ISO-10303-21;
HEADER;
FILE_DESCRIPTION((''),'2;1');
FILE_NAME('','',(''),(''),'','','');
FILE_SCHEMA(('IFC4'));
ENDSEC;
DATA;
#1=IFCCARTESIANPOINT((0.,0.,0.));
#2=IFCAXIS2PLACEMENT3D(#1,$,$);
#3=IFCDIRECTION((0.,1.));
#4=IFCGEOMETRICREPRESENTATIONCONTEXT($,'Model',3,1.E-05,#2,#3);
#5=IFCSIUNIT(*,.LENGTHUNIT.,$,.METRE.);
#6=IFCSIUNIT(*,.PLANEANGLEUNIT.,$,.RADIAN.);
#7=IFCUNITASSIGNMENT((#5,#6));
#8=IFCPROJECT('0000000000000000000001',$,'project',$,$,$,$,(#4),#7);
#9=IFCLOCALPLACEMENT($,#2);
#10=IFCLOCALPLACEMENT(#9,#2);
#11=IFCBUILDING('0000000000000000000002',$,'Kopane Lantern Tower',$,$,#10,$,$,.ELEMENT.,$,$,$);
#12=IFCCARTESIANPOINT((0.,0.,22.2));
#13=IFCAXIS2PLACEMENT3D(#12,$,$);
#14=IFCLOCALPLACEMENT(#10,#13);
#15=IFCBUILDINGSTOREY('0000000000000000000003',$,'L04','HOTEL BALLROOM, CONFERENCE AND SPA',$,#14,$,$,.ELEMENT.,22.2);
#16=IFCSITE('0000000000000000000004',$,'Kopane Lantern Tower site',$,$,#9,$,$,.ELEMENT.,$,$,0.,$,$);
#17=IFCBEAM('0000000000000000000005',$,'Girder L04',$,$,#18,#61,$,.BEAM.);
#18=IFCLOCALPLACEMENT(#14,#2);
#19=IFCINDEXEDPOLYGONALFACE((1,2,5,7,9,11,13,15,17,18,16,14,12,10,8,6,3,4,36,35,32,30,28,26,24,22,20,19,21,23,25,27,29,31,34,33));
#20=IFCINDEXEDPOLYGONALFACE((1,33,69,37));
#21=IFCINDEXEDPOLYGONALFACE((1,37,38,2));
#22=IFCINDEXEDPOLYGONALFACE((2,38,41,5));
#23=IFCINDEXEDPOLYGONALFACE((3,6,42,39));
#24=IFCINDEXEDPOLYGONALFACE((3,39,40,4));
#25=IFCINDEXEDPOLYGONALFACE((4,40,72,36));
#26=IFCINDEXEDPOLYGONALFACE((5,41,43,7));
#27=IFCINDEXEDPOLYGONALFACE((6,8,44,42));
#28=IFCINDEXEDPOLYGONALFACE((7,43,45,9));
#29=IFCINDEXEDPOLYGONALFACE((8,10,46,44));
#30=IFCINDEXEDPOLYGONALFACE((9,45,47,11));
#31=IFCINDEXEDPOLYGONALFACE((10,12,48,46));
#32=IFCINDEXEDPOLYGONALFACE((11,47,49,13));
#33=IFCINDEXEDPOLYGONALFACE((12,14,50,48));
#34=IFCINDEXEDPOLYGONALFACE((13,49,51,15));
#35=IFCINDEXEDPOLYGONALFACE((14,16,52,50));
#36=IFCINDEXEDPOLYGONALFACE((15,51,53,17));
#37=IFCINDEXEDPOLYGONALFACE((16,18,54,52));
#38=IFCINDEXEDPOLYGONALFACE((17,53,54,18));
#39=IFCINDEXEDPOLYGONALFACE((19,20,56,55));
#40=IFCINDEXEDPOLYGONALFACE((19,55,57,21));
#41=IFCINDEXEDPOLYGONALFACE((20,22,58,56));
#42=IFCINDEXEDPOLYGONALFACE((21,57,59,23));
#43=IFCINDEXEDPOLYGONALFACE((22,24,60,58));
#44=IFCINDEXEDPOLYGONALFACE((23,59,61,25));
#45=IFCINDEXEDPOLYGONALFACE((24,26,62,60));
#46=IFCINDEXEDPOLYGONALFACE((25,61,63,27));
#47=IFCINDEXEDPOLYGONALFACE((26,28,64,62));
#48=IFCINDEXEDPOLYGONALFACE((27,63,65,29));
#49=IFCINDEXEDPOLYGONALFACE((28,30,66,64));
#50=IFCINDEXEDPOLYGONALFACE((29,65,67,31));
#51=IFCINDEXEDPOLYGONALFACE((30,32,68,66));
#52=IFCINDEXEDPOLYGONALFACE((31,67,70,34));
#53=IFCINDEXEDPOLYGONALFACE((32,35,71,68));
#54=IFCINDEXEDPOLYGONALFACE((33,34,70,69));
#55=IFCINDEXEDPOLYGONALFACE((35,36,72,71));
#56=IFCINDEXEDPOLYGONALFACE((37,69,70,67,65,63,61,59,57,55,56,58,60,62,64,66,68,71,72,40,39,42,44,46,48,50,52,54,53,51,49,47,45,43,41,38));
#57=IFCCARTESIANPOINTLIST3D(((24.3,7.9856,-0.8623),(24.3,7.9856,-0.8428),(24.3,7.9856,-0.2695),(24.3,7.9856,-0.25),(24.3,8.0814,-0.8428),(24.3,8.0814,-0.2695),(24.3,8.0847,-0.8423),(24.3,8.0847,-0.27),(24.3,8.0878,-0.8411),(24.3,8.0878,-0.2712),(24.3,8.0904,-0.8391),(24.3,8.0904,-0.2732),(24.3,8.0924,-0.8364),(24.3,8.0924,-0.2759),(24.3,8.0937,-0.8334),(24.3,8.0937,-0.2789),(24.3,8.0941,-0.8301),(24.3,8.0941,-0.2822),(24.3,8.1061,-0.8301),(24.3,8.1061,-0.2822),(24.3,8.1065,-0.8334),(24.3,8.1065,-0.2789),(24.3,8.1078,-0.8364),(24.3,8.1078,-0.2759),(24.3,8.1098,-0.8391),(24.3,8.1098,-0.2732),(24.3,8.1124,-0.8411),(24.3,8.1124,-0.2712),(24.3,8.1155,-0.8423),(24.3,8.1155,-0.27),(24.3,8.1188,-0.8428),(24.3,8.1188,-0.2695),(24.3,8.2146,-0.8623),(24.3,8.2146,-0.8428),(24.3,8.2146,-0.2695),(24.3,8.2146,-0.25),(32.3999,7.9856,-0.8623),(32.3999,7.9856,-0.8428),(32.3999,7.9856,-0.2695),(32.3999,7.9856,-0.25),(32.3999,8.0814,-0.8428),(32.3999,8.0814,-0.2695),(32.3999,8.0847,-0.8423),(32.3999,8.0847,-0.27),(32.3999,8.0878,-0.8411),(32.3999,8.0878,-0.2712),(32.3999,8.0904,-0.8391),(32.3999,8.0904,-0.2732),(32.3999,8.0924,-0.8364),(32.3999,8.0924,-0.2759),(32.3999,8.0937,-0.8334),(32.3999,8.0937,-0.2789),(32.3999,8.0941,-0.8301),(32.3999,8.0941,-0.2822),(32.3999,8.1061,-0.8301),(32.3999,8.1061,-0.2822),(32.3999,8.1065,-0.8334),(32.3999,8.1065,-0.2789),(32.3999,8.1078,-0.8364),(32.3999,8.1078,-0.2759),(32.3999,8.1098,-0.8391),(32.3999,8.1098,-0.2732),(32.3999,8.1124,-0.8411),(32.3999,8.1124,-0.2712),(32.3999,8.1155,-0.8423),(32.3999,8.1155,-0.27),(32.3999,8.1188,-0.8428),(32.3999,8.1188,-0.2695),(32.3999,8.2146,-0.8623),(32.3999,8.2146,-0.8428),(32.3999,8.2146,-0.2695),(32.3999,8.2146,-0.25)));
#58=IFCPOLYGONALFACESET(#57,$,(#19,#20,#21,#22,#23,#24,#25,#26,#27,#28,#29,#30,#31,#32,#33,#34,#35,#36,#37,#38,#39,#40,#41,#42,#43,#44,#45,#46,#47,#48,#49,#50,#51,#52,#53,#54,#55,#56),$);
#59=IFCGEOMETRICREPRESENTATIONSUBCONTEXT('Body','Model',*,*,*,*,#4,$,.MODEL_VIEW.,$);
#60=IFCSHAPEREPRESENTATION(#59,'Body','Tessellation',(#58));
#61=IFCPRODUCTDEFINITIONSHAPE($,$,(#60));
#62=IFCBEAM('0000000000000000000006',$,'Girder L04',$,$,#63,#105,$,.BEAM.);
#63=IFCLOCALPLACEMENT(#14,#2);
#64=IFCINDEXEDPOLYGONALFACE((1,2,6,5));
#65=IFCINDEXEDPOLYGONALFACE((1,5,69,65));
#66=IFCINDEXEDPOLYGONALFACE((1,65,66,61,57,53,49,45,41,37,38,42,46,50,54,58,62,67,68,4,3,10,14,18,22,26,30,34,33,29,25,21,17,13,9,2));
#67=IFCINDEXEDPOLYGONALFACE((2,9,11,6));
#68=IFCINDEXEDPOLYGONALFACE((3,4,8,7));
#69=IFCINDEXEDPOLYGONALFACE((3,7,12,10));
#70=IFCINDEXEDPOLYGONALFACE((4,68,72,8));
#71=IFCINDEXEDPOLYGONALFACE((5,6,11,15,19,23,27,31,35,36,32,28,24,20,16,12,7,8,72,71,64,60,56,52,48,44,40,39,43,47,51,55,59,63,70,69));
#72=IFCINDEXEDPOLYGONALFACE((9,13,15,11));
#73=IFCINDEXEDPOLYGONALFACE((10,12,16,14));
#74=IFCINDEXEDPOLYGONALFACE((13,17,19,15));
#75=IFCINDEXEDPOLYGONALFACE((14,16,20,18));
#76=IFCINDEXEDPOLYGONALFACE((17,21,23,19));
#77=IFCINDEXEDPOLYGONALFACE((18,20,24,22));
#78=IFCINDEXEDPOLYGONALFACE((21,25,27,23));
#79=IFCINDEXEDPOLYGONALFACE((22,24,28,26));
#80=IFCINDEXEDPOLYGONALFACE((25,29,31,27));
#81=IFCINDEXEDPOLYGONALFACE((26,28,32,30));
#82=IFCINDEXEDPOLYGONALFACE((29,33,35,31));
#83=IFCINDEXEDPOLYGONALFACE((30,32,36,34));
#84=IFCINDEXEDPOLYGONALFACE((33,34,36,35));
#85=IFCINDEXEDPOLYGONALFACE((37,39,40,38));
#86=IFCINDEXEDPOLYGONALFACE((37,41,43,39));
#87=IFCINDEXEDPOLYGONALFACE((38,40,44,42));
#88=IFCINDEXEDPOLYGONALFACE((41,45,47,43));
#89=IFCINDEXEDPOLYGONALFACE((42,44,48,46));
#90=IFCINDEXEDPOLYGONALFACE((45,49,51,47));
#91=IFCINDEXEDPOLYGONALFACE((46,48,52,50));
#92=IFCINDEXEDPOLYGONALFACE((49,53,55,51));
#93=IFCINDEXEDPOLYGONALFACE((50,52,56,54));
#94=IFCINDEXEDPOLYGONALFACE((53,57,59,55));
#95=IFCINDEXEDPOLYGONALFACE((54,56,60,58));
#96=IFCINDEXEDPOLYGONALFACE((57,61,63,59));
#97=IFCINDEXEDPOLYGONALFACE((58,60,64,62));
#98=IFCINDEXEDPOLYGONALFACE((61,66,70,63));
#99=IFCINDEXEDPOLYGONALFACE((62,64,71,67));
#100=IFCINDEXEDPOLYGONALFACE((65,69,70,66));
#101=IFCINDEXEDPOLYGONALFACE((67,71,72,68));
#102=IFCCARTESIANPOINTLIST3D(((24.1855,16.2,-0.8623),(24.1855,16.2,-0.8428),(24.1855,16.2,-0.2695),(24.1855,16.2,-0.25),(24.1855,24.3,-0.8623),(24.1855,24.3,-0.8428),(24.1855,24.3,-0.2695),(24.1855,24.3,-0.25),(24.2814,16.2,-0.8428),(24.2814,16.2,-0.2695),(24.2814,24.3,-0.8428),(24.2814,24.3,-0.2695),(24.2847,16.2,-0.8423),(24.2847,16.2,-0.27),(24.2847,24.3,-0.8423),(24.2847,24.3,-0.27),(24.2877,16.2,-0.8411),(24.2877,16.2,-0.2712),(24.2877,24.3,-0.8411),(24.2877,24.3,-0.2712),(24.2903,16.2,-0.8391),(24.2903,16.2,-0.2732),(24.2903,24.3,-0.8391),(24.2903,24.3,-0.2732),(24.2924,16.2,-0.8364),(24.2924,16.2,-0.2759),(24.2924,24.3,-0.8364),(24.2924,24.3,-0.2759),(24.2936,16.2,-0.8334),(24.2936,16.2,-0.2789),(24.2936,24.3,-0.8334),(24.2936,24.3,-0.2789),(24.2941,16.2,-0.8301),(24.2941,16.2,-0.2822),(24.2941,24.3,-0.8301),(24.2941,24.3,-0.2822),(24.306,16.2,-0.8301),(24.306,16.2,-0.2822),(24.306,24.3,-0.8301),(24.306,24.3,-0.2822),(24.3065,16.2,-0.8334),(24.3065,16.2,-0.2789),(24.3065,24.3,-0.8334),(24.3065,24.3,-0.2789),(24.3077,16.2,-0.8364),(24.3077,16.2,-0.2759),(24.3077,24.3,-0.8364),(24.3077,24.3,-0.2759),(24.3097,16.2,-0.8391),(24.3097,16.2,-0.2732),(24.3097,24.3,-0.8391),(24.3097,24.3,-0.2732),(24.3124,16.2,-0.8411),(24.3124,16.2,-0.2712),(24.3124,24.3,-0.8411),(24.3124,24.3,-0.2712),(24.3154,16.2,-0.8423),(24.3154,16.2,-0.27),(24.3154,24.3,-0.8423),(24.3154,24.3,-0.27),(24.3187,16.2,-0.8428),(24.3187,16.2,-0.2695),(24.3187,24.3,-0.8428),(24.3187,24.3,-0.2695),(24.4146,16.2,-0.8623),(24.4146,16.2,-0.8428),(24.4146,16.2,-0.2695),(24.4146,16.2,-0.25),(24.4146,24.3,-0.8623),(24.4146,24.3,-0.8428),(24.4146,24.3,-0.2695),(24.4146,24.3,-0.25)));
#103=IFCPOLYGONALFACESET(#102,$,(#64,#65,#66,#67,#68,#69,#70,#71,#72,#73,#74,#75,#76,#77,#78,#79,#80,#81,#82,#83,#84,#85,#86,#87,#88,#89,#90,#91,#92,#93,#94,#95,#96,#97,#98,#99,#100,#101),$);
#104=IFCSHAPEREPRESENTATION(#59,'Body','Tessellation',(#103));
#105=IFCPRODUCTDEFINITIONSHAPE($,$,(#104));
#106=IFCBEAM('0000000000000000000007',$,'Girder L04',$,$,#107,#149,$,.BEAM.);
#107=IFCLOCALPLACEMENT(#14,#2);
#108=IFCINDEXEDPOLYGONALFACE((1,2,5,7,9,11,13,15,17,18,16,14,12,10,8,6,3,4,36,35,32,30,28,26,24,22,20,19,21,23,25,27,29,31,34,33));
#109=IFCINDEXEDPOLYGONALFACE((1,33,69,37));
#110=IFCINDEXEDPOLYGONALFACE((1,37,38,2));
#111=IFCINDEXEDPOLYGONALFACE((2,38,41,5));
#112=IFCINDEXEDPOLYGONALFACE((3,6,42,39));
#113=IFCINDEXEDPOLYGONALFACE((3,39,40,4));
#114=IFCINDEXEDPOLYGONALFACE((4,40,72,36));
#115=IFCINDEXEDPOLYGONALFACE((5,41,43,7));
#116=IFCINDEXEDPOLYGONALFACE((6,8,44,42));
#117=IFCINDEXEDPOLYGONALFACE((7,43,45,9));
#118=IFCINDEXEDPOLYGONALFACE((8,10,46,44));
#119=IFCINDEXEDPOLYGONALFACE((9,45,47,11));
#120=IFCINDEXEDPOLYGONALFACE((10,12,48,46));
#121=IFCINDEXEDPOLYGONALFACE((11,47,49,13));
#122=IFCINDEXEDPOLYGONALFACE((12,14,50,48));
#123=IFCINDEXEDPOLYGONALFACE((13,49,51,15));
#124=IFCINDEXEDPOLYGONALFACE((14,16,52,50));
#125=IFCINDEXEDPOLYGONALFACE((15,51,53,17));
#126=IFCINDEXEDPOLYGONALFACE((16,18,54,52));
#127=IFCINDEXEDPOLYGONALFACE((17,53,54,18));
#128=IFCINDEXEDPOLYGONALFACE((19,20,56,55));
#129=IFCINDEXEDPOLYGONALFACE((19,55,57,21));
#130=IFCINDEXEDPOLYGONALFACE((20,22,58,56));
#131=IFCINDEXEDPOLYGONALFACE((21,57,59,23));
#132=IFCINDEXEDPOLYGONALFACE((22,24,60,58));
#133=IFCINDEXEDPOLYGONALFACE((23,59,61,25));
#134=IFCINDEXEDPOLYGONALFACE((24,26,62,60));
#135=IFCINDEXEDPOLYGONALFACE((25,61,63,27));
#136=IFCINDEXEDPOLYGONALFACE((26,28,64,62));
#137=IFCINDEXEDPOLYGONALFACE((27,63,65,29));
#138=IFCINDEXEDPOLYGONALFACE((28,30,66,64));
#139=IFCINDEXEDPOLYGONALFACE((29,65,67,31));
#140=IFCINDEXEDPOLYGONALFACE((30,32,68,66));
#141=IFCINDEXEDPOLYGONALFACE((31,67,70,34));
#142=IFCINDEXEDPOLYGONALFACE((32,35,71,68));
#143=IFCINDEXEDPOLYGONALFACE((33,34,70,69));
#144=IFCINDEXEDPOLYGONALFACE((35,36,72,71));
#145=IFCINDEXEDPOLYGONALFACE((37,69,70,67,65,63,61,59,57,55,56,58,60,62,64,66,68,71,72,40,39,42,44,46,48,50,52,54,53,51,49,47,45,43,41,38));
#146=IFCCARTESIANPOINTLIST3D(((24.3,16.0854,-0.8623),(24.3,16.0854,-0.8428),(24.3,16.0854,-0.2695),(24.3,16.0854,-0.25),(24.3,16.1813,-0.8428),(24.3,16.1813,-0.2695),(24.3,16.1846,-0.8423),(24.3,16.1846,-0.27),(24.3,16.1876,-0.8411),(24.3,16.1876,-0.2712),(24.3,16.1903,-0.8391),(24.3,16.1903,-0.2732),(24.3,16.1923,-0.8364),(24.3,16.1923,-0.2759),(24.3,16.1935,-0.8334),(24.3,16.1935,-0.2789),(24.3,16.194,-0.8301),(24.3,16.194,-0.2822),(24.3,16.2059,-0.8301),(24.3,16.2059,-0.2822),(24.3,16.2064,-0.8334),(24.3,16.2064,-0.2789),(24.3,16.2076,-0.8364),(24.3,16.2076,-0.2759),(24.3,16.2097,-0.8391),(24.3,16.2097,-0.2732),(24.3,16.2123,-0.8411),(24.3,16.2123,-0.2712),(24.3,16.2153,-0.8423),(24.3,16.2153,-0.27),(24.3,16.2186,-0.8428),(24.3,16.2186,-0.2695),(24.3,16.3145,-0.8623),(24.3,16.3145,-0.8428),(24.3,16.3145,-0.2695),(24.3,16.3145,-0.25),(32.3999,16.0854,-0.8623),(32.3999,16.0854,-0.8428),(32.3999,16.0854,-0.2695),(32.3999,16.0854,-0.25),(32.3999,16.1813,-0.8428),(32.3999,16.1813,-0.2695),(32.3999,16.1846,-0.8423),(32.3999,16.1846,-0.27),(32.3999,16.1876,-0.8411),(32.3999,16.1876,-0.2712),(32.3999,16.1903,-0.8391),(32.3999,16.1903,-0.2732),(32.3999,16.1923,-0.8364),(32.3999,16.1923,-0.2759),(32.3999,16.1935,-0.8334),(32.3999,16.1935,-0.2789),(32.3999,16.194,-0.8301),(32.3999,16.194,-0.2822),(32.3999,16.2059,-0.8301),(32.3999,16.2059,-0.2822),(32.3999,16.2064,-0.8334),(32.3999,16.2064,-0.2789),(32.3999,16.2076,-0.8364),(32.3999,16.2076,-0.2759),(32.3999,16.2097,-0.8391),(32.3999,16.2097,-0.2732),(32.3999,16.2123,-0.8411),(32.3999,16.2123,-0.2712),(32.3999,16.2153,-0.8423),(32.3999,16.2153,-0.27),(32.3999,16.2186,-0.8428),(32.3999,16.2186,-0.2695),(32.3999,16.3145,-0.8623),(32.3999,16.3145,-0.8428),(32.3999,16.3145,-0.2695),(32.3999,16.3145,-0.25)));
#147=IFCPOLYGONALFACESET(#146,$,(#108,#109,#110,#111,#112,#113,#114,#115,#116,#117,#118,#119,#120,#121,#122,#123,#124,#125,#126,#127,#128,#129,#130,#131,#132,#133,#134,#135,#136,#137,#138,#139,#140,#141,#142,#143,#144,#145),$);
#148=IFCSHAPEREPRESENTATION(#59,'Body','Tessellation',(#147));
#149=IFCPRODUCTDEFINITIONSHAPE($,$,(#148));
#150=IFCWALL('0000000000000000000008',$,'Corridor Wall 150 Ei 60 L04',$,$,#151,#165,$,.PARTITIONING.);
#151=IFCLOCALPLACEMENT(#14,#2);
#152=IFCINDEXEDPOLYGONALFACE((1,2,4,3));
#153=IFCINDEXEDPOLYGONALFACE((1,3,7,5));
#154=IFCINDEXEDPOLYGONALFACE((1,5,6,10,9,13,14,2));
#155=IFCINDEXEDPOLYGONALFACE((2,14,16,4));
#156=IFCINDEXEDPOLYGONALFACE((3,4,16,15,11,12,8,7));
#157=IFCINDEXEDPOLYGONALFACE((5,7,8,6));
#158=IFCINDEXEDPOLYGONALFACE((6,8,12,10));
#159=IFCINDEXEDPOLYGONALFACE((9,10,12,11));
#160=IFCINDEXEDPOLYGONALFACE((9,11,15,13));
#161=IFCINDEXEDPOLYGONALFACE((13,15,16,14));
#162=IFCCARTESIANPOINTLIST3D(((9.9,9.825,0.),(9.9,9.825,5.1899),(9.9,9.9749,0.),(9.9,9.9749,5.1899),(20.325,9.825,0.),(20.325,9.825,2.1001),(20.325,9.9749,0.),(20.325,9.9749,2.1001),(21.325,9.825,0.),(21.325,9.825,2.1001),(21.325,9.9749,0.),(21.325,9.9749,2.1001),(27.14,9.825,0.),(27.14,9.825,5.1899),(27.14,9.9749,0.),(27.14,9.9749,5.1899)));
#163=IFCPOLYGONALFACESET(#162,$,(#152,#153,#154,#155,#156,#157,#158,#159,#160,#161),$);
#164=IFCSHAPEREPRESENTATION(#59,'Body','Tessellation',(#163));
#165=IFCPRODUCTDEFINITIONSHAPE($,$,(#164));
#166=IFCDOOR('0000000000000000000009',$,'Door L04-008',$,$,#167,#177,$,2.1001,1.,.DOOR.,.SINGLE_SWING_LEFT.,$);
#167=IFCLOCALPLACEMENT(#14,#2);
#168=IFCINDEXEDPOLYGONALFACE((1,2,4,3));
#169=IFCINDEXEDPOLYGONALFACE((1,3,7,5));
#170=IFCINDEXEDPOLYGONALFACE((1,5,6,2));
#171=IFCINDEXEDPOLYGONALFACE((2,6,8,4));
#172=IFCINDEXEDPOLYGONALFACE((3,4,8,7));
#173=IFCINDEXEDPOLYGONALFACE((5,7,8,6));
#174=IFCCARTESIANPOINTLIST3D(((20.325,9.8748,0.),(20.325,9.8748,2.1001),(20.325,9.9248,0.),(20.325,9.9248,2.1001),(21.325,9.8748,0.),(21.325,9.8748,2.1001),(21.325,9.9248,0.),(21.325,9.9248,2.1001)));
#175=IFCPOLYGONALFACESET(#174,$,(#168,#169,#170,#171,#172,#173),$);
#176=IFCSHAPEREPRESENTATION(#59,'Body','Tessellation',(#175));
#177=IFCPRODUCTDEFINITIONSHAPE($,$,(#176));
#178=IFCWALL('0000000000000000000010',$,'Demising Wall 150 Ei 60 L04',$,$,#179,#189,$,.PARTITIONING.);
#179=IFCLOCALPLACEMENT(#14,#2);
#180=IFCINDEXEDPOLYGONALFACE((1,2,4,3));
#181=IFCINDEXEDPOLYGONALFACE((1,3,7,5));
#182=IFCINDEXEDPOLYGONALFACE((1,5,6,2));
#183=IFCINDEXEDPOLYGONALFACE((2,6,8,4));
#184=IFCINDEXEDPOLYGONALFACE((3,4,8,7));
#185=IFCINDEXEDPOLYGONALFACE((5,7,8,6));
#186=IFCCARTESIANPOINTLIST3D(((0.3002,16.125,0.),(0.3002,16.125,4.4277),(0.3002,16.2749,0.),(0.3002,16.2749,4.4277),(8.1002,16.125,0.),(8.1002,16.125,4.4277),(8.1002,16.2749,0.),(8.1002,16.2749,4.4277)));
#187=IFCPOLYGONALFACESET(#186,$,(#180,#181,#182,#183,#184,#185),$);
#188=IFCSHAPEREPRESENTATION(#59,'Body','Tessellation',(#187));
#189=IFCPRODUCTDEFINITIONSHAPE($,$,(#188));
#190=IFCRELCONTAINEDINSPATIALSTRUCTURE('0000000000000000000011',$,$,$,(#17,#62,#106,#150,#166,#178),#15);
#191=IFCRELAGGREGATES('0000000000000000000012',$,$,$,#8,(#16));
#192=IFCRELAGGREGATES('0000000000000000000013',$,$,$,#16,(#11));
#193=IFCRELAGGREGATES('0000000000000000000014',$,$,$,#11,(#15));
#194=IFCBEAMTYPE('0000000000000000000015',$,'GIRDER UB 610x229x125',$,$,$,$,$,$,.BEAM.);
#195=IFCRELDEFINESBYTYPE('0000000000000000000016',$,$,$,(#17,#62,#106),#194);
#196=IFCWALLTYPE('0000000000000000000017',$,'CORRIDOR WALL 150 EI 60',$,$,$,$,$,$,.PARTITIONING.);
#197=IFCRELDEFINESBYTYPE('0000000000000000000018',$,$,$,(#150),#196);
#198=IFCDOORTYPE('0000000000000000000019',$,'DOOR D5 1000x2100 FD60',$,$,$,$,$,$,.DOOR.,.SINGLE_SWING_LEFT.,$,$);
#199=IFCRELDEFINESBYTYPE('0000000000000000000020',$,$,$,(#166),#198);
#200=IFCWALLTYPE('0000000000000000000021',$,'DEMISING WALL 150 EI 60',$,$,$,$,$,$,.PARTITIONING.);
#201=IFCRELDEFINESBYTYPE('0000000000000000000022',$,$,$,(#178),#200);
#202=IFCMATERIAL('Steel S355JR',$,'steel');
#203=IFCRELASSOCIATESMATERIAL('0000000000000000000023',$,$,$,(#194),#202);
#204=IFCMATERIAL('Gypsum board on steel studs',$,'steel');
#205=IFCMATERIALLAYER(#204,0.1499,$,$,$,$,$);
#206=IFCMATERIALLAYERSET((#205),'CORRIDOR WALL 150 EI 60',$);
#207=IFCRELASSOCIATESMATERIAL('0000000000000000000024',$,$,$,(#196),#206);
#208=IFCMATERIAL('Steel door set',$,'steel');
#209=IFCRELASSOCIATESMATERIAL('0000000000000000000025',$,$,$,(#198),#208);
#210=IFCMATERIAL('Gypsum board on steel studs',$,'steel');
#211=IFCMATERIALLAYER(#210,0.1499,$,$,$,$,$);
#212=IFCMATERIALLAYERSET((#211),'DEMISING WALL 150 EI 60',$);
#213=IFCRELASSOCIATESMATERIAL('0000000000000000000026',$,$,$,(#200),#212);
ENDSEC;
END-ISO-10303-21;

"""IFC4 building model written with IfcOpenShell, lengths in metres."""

from ifc_helpers import new_model, si_unit, direction, frame, frame_2d, origin, origin_2d, place, context, subcontext, project, spatial, rectangle, i_section, extrude, material, layer, layer_set, material_profile, profile_set, type_object, element, fill, save


model = new_model("IFC4")

# Units and contexts
model_context = context("Model", 3, precision=1e-05, world=origin(), true_north=direction((0.0, 1.0)))
body_context = subcontext(model_context, "Body", "Model", "MODEL_VIEW")
ifc_project = project(units=[si_unit("LENGTHUNIT", "METRE"), si_unit("PLANEANGLEUNIT", "RADIAN")], contexts=[model_context])

# Site, building, storey
site_placement = place(None, origin())
site = spatial("IfcSite", under=ifc_project, at=site_placement, Name="Kopane Lantern Tower site", CompositionType="ELEMENT", RefElevation=0.0)
building_placement = place(site_placement, origin())
building = spatial("IfcBuilding", under=site, at=building_placement, Name="Kopane Lantern Tower", CompositionType="ELEMENT")
storey_placement = place(building_placement, frame((0.0, 0.0, 22.2)))
storey = spatial("IfcBuildingStorey", under=building, at=storey_placement, Name="L04", Description="HOTEL BALLROOM, CONFERENCE AND SPA", CompositionType="ELEMENT", Elevation=22.2)

# Beams
ifc_material_1 = material(Name="Steel S355JR", Category="steel")
ifc_material_profile_1 = material_profile(ifc_material_1, i_section(OverallWidth=0.229, OverallDepth=0.6123, WebThickness=0.012, FlangeThickness=0.0195, FilletRadius=0.0127, at=origin_2d()), Name="UB 610x229x125")
ifc_profile_set_1 = profile_set([ifc_material_profile_1], Name="Steel S355JR")
beam_type = type_object("IfcBeamType", Name="GIRDER UB 610x229x125", PredefinedType="BEAM", material=ifc_profile_set_1)
for number, where, z_axis, x_axis, name in (
    (1, (24.3, 8.1001, -0.5562), (1.0, 0.0, 0.0), (0.0, 1.0, 0.0), "Girder L04"),
):
    element("IfcBeam", number, at=place(storey_placement, frame(where, z_axis=z_axis, x_axis=x_axis)), inside=storey, type_object=beam_type, Name=name, PredefinedType="BEAM", context=body_context, shape_type="SweptSolid", body=[
        extrude(i_section(OverallWidth=0.229, OverallDepth=0.6123, WebThickness=0.012, FlangeThickness=0.0195, FilletRadius=0.0127, at=origin_2d()), origin(), (0.0, 0.0, 1.0), 8.0999),
    ])
beam_1_placement = place(storey_placement, frame((24.3, 16.2, -0.5562), z_axis=(0.0, 1.0, 0.0), x_axis=(-1.0, 0.0, 0.0)))
element("IfcBeam", 2, at=beam_1_placement, inside=storey, type_object=beam_type, Name="Girder L04", PredefinedType="BEAM", context=body_context, shape_type="SweptSolid", body=[
    extrude(i_section(OverallWidth=0.229, OverallDepth=0.6123, WebThickness=0.012, FlangeThickness=0.0195, FilletRadius=0.0127, at=origin_2d()), origin(), (0.0, 0.0, 1.0), 8.1001),
])
beam_2_placement = place(storey_placement, frame((24.3, 16.2, -0.5562), z_axis=(1.0, 0.0, 0.0), x_axis=(0.0, 1.0, 0.0)))
element("IfcBeam", 3, at=beam_2_placement, inside=storey, type_object=beam_type, Name="Girder L04", PredefinedType="BEAM", context=body_context, shape_type="SweptSolid", body=[
    extrude(i_section(OverallWidth=0.229, OverallDepth=0.6123, WebThickness=0.012, FlangeThickness=0.0195, FilletRadius=0.0127, at=origin_2d()), origin(), (0.0, 0.0, 1.0), 8.0999),
])

# Wall, opening, door
ifc_material_2 = material(Name="Gypsum board on steel studs", Category="steel")
ifc_layer_1 = layer(ifc_material_2, 0.1499)
ifc_layer_set_1 = layer_set([ifc_layer_1], Name="CORRIDOR WALL 150 EI 60")
wall_type_1 = type_object("IfcWallType", Name="CORRIDOR WALL 150 EI 60", PredefinedType="PARTITIONING", material=ifc_layer_set_1)
wall_1_placement = place(storey_placement, frame((9.8999, 9.8999, 0.0), z_axis=(0.0, 0.0, 1.0), x_axis=(1.0, 0.0, 0.0)))
wall_1 = element("IfcWall", 4, at=wall_1_placement, inside=storey, type_object=wall_type_1, Name="Corridor Wall 150 Ei 60 L04", PredefinedType="PARTITIONING", context=body_context, shape_type="SweptSolid", body=[
    extrude(rectangle(XDim=17.24, YDim=0.1499, at=frame_2d((8.6201, 0.0))), origin(), (0.0, 0.0, 1.0), 5.1899),
])
opening_1_placement = place(wall_1_placement, frame((10.425, 0.0, 0.0)))
opening_1 = element("IfcOpeningElement", 5, at=opening_1_placement, cuts=wall_1, PredefinedType="OPENING", context=body_context, shape_type="SweptSolid", body=[
    extrude(rectangle(XDim=1.0, YDim=2.1001, at=frame_2d((0.5, 1.05))), frame((0.0, 0.085, 0.0), z_axis=(0.0, -1.0, 0.0), x_axis=(1.0, 0.0, 0.0)), (0.0, 0.0, 1.0), 0.1699),
])
ifc_material_3 = material(Name="Steel door set", Category="steel")
door_type_1 = type_object("IfcDoorType", Name="DOOR D5 1000x2100 FD60", OperationType="SINGLE_SWING_LEFT", PredefinedType="DOOR", material=ifc_material_3)
door_1_placement = place(opening_1_placement, origin())
door_1 = element("IfcDoor", 6, at=door_1_placement, inside=storey, type_object=door_type_1, Name="Door L04-008", OperationType="SINGLE_SWING_LEFT", OverallHeight=2.1001, OverallWidth=1.0, PredefinedType="DOOR", context=body_context, shape_type="SweptSolid", body=[
    extrude(rectangle(XDim=1.0, YDim=2.1001, at=frame_2d((0.5, 1.05))), frame((0.0, 0.0249, 0.0), z_axis=(0.0, -1.0, 0.0), x_axis=(1.0, 0.0, 0.0)), (0.0, 0.0, 1.0), 0.05),
])
fill(opening_1, door_1)

# Wall
ifc_material_4 = material(Name="Gypsum board on steel studs", Category="steel")
ifc_layer_2 = layer(ifc_material_4, 0.1499)
ifc_layer_set_2 = layer_set([ifc_layer_2], Name="DEMISING WALL 150 EI 60")
wall_type_2 = type_object("IfcWallType", Name="DEMISING WALL 150 EI 60", PredefinedType="PARTITIONING", material=ifc_layer_set_2)
wall_2_placement = place(storey_placement, frame((8.1001, 16.2, 0.0), z_axis=(0.0, 0.0, 1.0), x_axis=(-1.0, 0.0, 0.0)))
element("IfcWall", 7, at=wall_2_placement, inside=storey, type_object=wall_type_2, Name="Demising Wall 150 Ei 60 L04", PredefinedType="PARTITIONING", context=body_context, shape_type="SweptSolid", body=[
    extrude(rectangle(XDim=7.8, YDim=0.1499, at=frame_2d((3.8999, 0.0))), origin(), (0.0, 0.0, 1.0), 4.4277),
])

save(model, "model.ifc")
